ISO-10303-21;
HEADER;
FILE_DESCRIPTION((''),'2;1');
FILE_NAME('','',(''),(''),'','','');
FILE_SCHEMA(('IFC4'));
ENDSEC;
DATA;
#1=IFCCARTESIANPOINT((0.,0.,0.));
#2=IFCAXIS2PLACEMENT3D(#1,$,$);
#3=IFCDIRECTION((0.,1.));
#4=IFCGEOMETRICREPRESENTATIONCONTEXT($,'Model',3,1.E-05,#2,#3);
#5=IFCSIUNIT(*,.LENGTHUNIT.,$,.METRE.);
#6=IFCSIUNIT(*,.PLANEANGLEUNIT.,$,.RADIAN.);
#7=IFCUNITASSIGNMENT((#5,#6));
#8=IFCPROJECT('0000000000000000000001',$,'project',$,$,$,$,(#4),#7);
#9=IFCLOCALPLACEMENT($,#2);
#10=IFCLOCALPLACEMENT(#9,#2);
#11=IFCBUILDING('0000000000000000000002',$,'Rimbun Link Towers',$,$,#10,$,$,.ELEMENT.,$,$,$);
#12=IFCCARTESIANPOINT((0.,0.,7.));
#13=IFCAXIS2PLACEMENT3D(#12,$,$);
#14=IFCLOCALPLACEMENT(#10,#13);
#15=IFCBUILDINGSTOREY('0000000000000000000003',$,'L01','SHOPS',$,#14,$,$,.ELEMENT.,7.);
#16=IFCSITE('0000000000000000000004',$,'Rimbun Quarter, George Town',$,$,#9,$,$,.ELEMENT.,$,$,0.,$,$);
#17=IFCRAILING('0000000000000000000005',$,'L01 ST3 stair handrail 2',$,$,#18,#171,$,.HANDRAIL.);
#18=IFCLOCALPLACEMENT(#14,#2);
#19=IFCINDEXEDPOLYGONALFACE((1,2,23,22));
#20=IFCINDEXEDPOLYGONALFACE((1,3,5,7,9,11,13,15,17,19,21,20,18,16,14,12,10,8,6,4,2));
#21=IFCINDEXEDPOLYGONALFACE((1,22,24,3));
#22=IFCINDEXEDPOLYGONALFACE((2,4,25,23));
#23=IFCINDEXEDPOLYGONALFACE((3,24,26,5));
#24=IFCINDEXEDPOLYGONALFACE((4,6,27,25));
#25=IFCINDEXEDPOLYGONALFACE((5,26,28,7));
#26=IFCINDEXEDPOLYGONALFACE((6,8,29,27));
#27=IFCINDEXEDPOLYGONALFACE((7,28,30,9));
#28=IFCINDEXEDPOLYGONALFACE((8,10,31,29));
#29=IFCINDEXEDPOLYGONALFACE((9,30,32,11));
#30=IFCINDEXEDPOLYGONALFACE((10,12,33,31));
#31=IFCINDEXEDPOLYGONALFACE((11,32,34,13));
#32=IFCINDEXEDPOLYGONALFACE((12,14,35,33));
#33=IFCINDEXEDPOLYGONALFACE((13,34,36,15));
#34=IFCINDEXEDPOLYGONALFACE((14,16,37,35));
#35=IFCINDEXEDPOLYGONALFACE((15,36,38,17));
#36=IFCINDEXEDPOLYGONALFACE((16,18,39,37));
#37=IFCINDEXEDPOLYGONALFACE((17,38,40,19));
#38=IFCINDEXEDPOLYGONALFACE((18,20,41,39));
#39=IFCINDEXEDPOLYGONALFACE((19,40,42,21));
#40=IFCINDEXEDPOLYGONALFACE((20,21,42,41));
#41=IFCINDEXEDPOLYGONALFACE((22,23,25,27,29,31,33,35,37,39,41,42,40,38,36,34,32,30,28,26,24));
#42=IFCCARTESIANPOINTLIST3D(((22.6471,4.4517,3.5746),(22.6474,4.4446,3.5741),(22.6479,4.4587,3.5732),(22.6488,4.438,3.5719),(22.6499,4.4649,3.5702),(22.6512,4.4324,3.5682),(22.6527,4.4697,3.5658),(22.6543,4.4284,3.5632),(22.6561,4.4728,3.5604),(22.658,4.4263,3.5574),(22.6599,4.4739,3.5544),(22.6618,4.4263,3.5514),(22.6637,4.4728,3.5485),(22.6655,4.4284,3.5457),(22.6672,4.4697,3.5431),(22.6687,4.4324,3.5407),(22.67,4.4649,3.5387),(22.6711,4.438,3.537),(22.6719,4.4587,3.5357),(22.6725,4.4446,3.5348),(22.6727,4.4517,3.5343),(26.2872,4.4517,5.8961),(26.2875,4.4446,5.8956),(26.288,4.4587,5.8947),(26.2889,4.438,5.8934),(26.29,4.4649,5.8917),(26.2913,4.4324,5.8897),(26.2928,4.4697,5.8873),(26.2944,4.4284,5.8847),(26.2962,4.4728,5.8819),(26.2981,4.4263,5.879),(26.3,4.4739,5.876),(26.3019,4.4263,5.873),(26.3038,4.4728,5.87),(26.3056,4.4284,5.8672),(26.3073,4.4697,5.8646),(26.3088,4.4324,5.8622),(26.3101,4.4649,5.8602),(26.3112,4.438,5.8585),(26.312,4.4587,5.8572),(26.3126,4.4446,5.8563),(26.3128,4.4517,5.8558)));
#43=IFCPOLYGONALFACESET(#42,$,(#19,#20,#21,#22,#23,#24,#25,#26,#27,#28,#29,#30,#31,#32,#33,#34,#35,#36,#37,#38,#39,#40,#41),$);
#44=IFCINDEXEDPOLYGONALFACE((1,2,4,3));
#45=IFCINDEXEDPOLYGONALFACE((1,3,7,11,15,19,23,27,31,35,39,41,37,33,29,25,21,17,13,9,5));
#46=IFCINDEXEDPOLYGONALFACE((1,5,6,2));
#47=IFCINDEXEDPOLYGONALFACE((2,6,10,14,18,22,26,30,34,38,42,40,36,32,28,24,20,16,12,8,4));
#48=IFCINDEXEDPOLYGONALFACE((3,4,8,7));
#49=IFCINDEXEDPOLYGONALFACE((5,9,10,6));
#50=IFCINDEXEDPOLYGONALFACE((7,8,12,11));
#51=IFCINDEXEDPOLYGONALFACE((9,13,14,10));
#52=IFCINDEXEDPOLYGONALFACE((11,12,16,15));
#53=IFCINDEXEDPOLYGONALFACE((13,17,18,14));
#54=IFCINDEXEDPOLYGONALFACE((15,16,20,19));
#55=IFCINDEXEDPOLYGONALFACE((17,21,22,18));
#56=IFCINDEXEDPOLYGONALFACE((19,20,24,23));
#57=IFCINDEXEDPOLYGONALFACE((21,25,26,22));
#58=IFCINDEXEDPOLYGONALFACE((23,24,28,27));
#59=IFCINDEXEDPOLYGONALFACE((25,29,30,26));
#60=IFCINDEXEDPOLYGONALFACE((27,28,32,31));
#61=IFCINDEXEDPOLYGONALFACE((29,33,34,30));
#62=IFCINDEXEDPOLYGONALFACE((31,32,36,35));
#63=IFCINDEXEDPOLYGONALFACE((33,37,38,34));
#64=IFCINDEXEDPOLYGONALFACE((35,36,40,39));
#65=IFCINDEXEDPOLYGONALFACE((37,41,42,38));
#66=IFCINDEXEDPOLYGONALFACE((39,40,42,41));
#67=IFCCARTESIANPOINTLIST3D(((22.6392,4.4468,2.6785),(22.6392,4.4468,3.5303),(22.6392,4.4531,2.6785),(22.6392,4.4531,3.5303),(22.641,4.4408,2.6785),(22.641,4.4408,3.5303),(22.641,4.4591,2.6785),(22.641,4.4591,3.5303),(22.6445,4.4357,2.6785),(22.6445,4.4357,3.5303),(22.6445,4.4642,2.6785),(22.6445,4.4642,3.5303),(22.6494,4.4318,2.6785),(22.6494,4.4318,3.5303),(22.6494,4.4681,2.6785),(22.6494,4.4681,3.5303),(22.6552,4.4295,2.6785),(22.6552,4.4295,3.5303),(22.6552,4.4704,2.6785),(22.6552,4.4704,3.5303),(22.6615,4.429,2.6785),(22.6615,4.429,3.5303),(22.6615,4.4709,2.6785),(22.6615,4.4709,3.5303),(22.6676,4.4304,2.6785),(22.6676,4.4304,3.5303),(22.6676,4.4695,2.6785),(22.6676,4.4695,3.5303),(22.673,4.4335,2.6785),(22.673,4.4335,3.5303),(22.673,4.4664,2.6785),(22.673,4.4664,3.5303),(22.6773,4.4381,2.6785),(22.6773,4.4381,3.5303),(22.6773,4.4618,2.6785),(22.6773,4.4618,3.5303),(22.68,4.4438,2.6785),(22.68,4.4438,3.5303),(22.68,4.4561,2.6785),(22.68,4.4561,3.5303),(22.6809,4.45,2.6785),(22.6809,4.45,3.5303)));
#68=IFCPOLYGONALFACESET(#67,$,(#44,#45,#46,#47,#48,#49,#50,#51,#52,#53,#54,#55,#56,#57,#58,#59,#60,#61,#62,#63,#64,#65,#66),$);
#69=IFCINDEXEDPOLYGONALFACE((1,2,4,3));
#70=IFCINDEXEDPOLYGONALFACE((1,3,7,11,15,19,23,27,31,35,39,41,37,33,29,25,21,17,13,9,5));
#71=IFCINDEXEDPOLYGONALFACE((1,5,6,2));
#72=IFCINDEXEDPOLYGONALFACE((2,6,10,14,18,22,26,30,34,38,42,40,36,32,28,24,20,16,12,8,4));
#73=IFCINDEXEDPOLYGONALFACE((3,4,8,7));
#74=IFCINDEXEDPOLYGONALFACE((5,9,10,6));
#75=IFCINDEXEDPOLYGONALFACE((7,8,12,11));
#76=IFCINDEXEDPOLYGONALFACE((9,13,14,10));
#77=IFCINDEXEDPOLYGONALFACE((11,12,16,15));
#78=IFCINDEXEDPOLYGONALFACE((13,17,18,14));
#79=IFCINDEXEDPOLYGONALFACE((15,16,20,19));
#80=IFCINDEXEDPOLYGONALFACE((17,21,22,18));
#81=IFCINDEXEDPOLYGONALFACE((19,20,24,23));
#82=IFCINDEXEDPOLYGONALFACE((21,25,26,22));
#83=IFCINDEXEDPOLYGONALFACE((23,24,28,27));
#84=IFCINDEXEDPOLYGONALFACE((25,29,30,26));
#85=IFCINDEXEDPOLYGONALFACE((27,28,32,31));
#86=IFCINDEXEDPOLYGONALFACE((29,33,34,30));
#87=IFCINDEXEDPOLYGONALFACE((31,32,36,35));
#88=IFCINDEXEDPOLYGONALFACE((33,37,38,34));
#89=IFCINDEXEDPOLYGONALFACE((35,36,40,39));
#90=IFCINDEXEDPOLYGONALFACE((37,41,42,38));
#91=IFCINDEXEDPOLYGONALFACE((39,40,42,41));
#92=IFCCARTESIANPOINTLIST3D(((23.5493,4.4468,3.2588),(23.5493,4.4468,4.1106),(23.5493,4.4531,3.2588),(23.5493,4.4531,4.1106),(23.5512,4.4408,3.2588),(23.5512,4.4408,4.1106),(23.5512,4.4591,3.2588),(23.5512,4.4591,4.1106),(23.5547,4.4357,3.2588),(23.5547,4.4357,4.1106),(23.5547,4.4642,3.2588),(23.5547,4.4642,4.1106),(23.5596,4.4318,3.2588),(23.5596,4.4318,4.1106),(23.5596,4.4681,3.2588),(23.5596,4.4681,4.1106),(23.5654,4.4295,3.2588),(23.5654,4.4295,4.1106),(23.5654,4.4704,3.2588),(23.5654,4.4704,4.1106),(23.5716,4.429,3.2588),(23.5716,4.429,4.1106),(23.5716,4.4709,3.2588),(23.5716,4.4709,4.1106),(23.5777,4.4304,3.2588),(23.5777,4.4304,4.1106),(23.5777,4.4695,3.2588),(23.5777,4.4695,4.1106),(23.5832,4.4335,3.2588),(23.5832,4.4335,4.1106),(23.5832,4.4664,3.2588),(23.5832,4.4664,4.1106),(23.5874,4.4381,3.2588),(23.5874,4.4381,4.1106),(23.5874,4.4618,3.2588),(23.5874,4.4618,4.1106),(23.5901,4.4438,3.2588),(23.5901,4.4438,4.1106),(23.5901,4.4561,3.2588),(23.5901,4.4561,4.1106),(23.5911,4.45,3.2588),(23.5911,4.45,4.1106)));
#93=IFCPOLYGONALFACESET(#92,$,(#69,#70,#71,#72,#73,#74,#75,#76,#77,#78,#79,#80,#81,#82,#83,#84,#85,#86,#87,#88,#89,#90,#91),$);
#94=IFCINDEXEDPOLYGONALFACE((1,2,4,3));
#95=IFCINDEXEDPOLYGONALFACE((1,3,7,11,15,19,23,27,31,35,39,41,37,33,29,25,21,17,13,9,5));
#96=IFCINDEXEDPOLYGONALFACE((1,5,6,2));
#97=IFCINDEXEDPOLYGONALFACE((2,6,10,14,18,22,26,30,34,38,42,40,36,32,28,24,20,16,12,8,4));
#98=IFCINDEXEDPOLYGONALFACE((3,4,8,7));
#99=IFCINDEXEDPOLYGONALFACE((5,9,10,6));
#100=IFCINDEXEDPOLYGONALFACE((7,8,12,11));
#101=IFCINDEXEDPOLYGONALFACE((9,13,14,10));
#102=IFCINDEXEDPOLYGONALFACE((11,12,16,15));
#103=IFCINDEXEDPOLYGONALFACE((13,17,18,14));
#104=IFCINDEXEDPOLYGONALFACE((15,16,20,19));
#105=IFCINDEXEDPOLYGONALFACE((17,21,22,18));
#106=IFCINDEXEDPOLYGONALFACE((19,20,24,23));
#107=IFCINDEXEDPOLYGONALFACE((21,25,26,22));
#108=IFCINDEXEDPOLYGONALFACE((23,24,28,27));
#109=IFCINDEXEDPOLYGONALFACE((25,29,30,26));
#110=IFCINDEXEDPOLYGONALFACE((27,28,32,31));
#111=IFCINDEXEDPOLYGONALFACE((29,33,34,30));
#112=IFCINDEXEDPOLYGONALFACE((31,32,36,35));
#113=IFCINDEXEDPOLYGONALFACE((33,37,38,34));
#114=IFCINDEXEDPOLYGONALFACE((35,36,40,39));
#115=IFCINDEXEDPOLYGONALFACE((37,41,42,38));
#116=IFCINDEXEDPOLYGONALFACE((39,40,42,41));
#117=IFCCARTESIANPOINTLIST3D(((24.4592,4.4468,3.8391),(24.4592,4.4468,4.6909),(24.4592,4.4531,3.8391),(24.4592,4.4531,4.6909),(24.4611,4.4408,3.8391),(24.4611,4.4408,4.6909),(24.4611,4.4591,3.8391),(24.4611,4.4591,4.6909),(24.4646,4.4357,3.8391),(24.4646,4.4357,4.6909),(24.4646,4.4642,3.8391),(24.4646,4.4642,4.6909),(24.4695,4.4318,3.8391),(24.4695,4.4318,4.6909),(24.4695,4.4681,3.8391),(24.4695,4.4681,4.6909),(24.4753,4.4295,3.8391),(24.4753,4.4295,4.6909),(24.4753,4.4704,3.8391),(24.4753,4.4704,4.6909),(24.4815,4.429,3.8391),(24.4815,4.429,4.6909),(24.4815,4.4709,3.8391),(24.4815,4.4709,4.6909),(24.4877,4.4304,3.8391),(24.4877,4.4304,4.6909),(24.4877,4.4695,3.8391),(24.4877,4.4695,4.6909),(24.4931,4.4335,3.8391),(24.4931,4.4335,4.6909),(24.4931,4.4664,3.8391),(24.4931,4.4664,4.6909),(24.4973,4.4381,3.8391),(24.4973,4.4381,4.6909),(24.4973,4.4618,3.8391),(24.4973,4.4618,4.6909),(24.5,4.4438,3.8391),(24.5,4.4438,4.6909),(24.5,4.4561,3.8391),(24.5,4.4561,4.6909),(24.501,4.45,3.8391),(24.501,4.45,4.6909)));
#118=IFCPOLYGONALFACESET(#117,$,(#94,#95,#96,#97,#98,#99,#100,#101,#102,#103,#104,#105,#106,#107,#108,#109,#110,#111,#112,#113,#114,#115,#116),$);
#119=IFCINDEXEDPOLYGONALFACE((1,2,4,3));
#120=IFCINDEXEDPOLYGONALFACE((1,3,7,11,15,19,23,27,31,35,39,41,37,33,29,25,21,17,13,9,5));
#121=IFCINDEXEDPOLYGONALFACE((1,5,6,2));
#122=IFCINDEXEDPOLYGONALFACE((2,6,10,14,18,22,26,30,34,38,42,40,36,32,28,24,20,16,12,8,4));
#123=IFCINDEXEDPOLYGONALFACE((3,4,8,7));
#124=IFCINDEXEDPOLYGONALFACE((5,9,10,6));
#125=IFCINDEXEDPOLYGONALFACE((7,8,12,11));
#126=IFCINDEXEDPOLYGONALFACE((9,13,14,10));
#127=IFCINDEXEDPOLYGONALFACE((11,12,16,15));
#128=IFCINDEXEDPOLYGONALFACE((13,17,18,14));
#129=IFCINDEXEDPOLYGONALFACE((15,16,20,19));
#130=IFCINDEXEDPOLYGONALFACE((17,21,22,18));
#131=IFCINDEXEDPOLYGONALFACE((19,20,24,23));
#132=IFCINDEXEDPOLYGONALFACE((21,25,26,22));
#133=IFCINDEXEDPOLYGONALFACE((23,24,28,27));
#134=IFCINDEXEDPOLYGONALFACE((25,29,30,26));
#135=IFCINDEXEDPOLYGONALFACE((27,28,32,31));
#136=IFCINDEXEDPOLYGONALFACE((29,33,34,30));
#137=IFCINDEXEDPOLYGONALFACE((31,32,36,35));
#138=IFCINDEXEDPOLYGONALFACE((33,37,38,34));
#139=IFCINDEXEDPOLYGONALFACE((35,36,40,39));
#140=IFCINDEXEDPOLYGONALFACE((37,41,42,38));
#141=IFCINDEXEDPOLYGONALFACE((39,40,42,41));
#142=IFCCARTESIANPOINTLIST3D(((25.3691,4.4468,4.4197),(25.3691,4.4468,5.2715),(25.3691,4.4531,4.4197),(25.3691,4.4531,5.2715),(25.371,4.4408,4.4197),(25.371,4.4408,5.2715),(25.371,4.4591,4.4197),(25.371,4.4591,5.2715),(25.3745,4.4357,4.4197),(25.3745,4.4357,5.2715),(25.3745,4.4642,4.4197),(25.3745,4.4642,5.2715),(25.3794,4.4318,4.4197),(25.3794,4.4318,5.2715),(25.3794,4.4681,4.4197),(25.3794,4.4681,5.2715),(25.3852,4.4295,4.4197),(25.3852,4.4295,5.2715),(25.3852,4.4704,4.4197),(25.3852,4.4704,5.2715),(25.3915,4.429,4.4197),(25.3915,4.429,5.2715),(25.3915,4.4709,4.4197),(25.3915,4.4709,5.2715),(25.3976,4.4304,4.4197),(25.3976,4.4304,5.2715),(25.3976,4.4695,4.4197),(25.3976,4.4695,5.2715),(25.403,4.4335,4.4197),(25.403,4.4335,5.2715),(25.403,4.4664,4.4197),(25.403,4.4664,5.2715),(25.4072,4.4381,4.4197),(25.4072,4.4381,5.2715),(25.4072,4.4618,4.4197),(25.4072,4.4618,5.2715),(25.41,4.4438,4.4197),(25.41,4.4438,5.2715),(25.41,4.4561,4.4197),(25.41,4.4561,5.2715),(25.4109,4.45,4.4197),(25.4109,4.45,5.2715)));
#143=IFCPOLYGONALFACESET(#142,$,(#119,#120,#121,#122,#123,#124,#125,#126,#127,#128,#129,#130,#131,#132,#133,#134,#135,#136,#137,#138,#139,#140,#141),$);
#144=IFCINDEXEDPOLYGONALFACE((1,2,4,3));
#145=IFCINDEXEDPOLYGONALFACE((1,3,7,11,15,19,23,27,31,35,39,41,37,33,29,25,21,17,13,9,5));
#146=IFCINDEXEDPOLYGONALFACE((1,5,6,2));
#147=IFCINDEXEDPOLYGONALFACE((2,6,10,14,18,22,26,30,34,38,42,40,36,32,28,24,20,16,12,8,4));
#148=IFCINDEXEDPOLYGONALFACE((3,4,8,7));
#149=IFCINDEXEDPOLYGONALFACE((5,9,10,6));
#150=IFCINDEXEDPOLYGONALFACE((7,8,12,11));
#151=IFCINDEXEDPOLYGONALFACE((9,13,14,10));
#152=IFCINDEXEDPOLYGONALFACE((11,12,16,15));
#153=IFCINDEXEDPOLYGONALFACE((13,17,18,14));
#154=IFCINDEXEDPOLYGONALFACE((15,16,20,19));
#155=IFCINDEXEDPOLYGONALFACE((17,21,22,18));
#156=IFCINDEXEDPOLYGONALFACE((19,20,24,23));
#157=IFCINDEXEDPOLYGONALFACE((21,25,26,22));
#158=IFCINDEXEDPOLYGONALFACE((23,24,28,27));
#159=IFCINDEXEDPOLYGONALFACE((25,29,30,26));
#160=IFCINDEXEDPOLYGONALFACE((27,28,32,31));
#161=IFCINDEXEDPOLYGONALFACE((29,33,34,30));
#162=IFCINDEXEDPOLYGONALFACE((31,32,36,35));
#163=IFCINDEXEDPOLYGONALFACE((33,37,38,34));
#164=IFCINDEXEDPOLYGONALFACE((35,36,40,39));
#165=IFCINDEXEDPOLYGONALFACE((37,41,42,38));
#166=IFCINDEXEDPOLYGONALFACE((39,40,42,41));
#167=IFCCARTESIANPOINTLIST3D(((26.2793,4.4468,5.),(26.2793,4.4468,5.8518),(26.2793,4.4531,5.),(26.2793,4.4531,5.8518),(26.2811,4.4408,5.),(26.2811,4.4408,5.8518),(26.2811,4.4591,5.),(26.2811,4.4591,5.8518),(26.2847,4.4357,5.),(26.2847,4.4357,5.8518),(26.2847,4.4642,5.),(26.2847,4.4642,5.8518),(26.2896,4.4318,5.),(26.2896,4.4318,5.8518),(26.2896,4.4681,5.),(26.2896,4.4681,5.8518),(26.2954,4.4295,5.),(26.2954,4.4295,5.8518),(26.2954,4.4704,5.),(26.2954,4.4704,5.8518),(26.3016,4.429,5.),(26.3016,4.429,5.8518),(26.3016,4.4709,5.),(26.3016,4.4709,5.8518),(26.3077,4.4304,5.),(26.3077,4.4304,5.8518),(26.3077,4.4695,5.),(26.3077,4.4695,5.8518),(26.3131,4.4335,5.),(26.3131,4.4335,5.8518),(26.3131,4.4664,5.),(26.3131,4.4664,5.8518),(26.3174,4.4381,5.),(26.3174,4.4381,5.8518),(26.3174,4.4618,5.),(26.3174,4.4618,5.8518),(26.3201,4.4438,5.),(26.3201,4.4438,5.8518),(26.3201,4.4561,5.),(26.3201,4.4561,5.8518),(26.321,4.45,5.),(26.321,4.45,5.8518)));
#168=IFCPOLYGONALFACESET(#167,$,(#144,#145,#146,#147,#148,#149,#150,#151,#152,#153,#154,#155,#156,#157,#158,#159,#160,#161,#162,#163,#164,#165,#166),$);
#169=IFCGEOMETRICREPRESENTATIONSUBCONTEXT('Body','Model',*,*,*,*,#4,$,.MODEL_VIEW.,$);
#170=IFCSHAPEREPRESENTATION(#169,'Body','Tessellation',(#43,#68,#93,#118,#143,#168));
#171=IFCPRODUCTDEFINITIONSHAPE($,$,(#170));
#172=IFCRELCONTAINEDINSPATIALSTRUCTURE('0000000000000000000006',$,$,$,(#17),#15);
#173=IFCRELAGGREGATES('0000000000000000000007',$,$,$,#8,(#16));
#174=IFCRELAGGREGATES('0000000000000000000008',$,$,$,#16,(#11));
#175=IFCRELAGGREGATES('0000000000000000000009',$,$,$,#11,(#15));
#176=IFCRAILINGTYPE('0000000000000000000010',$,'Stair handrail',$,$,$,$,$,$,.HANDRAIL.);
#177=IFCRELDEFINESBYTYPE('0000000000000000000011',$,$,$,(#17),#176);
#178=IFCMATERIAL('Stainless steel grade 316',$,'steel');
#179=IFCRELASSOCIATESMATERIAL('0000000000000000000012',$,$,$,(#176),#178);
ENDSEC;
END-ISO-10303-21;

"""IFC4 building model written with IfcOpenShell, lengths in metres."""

from ifc_helpers import new_model, si_unit, direction, frame, origin, origin_2d, place, context, subcontext, project, spatial, circle, extrude, material, type_object, element, save


model = new_model("IFC4")

# Units and contexts
model_context = context("Model", 3, precision=1e-05, world=origin(), true_north=direction((0.0, 1.0)))
body_context = subcontext(model_context, "Body", "Model", "MODEL_VIEW")
ifc_project = project(units=[si_unit("LENGTHUNIT", "METRE"), si_unit("PLANEANGLEUNIT", "RADIAN")], contexts=[model_context])

# Site, building, storey
site_placement = place(None, origin())
site = spatial("IfcSite", under=ifc_project, at=site_placement, Name="Rimbun Quarter, George Town", CompositionType="ELEMENT", RefElevation=0.0)
building_placement = place(site_placement, origin())
building = spatial("IfcBuilding", under=site, at=building_placement, Name="Rimbun Link Towers", CompositionType="ELEMENT")
storey_placement = place(building_placement, frame((0.0, 0.0, 7.0)))
storey = spatial("IfcBuildingStorey", under=building, at=storey_placement, Name="L01", Description="SHOPS", CompositionType="ELEMENT", Elevation=7.0)

# Railing
ifc_material_1 = material(Name="Stainless steel grade 316", Category="steel")
railing_type_1 = type_object("IfcRailingType", Name="Stair handrail", PredefinedType="HANDRAIL", material=ifc_material_1)
railing_1_placement = place(storey_placement, frame((22.6599, 4.45, 2.6785)))
element("IfcRailing", 1, at=railing_1_placement, inside=storey, type_object=railing_type_1, Name="L01 ST3 stair handrail 2", PredefinedType="HANDRAIL", context=body_context, shape_type="SweptSolid", body=[
    extrude(circle(Radius=0.0239, at=origin_2d()), frame((0.0, 0.0, 0.876), z_axis=(0.843128, 0.0, 0.537713), x_axis=(0.0, 1.0, 0.0)), (0.0, 0.0, 1.0), 4.3174),
    extrude(circle(Radius=0.021, at=origin_2d()), origin(), (0.0, 0.0, 1.0), 0.8518),
    extrude(circle(Radius=0.021, at=origin_2d()), frame((0.9102, 0.0, 0.5803)), (0.0, 0.0, 1.0), 0.8518),
    extrude(circle(Radius=0.021, at=origin_2d()), frame((1.8201, 0.0, 1.1606)), (0.0, 0.0, 1.0), 0.8518),
    extrude(circle(Radius=0.021, at=origin_2d()), frame((2.73, 0.0, 1.7412)), (0.0, 0.0, 1.0), 0.8518),
    extrude(circle(Radius=0.021, at=origin_2d()), frame((3.6401, 0.0, 2.3215)), (0.0, 0.0, 1.0), 0.8518),
])

save(model, "model.ifc")
